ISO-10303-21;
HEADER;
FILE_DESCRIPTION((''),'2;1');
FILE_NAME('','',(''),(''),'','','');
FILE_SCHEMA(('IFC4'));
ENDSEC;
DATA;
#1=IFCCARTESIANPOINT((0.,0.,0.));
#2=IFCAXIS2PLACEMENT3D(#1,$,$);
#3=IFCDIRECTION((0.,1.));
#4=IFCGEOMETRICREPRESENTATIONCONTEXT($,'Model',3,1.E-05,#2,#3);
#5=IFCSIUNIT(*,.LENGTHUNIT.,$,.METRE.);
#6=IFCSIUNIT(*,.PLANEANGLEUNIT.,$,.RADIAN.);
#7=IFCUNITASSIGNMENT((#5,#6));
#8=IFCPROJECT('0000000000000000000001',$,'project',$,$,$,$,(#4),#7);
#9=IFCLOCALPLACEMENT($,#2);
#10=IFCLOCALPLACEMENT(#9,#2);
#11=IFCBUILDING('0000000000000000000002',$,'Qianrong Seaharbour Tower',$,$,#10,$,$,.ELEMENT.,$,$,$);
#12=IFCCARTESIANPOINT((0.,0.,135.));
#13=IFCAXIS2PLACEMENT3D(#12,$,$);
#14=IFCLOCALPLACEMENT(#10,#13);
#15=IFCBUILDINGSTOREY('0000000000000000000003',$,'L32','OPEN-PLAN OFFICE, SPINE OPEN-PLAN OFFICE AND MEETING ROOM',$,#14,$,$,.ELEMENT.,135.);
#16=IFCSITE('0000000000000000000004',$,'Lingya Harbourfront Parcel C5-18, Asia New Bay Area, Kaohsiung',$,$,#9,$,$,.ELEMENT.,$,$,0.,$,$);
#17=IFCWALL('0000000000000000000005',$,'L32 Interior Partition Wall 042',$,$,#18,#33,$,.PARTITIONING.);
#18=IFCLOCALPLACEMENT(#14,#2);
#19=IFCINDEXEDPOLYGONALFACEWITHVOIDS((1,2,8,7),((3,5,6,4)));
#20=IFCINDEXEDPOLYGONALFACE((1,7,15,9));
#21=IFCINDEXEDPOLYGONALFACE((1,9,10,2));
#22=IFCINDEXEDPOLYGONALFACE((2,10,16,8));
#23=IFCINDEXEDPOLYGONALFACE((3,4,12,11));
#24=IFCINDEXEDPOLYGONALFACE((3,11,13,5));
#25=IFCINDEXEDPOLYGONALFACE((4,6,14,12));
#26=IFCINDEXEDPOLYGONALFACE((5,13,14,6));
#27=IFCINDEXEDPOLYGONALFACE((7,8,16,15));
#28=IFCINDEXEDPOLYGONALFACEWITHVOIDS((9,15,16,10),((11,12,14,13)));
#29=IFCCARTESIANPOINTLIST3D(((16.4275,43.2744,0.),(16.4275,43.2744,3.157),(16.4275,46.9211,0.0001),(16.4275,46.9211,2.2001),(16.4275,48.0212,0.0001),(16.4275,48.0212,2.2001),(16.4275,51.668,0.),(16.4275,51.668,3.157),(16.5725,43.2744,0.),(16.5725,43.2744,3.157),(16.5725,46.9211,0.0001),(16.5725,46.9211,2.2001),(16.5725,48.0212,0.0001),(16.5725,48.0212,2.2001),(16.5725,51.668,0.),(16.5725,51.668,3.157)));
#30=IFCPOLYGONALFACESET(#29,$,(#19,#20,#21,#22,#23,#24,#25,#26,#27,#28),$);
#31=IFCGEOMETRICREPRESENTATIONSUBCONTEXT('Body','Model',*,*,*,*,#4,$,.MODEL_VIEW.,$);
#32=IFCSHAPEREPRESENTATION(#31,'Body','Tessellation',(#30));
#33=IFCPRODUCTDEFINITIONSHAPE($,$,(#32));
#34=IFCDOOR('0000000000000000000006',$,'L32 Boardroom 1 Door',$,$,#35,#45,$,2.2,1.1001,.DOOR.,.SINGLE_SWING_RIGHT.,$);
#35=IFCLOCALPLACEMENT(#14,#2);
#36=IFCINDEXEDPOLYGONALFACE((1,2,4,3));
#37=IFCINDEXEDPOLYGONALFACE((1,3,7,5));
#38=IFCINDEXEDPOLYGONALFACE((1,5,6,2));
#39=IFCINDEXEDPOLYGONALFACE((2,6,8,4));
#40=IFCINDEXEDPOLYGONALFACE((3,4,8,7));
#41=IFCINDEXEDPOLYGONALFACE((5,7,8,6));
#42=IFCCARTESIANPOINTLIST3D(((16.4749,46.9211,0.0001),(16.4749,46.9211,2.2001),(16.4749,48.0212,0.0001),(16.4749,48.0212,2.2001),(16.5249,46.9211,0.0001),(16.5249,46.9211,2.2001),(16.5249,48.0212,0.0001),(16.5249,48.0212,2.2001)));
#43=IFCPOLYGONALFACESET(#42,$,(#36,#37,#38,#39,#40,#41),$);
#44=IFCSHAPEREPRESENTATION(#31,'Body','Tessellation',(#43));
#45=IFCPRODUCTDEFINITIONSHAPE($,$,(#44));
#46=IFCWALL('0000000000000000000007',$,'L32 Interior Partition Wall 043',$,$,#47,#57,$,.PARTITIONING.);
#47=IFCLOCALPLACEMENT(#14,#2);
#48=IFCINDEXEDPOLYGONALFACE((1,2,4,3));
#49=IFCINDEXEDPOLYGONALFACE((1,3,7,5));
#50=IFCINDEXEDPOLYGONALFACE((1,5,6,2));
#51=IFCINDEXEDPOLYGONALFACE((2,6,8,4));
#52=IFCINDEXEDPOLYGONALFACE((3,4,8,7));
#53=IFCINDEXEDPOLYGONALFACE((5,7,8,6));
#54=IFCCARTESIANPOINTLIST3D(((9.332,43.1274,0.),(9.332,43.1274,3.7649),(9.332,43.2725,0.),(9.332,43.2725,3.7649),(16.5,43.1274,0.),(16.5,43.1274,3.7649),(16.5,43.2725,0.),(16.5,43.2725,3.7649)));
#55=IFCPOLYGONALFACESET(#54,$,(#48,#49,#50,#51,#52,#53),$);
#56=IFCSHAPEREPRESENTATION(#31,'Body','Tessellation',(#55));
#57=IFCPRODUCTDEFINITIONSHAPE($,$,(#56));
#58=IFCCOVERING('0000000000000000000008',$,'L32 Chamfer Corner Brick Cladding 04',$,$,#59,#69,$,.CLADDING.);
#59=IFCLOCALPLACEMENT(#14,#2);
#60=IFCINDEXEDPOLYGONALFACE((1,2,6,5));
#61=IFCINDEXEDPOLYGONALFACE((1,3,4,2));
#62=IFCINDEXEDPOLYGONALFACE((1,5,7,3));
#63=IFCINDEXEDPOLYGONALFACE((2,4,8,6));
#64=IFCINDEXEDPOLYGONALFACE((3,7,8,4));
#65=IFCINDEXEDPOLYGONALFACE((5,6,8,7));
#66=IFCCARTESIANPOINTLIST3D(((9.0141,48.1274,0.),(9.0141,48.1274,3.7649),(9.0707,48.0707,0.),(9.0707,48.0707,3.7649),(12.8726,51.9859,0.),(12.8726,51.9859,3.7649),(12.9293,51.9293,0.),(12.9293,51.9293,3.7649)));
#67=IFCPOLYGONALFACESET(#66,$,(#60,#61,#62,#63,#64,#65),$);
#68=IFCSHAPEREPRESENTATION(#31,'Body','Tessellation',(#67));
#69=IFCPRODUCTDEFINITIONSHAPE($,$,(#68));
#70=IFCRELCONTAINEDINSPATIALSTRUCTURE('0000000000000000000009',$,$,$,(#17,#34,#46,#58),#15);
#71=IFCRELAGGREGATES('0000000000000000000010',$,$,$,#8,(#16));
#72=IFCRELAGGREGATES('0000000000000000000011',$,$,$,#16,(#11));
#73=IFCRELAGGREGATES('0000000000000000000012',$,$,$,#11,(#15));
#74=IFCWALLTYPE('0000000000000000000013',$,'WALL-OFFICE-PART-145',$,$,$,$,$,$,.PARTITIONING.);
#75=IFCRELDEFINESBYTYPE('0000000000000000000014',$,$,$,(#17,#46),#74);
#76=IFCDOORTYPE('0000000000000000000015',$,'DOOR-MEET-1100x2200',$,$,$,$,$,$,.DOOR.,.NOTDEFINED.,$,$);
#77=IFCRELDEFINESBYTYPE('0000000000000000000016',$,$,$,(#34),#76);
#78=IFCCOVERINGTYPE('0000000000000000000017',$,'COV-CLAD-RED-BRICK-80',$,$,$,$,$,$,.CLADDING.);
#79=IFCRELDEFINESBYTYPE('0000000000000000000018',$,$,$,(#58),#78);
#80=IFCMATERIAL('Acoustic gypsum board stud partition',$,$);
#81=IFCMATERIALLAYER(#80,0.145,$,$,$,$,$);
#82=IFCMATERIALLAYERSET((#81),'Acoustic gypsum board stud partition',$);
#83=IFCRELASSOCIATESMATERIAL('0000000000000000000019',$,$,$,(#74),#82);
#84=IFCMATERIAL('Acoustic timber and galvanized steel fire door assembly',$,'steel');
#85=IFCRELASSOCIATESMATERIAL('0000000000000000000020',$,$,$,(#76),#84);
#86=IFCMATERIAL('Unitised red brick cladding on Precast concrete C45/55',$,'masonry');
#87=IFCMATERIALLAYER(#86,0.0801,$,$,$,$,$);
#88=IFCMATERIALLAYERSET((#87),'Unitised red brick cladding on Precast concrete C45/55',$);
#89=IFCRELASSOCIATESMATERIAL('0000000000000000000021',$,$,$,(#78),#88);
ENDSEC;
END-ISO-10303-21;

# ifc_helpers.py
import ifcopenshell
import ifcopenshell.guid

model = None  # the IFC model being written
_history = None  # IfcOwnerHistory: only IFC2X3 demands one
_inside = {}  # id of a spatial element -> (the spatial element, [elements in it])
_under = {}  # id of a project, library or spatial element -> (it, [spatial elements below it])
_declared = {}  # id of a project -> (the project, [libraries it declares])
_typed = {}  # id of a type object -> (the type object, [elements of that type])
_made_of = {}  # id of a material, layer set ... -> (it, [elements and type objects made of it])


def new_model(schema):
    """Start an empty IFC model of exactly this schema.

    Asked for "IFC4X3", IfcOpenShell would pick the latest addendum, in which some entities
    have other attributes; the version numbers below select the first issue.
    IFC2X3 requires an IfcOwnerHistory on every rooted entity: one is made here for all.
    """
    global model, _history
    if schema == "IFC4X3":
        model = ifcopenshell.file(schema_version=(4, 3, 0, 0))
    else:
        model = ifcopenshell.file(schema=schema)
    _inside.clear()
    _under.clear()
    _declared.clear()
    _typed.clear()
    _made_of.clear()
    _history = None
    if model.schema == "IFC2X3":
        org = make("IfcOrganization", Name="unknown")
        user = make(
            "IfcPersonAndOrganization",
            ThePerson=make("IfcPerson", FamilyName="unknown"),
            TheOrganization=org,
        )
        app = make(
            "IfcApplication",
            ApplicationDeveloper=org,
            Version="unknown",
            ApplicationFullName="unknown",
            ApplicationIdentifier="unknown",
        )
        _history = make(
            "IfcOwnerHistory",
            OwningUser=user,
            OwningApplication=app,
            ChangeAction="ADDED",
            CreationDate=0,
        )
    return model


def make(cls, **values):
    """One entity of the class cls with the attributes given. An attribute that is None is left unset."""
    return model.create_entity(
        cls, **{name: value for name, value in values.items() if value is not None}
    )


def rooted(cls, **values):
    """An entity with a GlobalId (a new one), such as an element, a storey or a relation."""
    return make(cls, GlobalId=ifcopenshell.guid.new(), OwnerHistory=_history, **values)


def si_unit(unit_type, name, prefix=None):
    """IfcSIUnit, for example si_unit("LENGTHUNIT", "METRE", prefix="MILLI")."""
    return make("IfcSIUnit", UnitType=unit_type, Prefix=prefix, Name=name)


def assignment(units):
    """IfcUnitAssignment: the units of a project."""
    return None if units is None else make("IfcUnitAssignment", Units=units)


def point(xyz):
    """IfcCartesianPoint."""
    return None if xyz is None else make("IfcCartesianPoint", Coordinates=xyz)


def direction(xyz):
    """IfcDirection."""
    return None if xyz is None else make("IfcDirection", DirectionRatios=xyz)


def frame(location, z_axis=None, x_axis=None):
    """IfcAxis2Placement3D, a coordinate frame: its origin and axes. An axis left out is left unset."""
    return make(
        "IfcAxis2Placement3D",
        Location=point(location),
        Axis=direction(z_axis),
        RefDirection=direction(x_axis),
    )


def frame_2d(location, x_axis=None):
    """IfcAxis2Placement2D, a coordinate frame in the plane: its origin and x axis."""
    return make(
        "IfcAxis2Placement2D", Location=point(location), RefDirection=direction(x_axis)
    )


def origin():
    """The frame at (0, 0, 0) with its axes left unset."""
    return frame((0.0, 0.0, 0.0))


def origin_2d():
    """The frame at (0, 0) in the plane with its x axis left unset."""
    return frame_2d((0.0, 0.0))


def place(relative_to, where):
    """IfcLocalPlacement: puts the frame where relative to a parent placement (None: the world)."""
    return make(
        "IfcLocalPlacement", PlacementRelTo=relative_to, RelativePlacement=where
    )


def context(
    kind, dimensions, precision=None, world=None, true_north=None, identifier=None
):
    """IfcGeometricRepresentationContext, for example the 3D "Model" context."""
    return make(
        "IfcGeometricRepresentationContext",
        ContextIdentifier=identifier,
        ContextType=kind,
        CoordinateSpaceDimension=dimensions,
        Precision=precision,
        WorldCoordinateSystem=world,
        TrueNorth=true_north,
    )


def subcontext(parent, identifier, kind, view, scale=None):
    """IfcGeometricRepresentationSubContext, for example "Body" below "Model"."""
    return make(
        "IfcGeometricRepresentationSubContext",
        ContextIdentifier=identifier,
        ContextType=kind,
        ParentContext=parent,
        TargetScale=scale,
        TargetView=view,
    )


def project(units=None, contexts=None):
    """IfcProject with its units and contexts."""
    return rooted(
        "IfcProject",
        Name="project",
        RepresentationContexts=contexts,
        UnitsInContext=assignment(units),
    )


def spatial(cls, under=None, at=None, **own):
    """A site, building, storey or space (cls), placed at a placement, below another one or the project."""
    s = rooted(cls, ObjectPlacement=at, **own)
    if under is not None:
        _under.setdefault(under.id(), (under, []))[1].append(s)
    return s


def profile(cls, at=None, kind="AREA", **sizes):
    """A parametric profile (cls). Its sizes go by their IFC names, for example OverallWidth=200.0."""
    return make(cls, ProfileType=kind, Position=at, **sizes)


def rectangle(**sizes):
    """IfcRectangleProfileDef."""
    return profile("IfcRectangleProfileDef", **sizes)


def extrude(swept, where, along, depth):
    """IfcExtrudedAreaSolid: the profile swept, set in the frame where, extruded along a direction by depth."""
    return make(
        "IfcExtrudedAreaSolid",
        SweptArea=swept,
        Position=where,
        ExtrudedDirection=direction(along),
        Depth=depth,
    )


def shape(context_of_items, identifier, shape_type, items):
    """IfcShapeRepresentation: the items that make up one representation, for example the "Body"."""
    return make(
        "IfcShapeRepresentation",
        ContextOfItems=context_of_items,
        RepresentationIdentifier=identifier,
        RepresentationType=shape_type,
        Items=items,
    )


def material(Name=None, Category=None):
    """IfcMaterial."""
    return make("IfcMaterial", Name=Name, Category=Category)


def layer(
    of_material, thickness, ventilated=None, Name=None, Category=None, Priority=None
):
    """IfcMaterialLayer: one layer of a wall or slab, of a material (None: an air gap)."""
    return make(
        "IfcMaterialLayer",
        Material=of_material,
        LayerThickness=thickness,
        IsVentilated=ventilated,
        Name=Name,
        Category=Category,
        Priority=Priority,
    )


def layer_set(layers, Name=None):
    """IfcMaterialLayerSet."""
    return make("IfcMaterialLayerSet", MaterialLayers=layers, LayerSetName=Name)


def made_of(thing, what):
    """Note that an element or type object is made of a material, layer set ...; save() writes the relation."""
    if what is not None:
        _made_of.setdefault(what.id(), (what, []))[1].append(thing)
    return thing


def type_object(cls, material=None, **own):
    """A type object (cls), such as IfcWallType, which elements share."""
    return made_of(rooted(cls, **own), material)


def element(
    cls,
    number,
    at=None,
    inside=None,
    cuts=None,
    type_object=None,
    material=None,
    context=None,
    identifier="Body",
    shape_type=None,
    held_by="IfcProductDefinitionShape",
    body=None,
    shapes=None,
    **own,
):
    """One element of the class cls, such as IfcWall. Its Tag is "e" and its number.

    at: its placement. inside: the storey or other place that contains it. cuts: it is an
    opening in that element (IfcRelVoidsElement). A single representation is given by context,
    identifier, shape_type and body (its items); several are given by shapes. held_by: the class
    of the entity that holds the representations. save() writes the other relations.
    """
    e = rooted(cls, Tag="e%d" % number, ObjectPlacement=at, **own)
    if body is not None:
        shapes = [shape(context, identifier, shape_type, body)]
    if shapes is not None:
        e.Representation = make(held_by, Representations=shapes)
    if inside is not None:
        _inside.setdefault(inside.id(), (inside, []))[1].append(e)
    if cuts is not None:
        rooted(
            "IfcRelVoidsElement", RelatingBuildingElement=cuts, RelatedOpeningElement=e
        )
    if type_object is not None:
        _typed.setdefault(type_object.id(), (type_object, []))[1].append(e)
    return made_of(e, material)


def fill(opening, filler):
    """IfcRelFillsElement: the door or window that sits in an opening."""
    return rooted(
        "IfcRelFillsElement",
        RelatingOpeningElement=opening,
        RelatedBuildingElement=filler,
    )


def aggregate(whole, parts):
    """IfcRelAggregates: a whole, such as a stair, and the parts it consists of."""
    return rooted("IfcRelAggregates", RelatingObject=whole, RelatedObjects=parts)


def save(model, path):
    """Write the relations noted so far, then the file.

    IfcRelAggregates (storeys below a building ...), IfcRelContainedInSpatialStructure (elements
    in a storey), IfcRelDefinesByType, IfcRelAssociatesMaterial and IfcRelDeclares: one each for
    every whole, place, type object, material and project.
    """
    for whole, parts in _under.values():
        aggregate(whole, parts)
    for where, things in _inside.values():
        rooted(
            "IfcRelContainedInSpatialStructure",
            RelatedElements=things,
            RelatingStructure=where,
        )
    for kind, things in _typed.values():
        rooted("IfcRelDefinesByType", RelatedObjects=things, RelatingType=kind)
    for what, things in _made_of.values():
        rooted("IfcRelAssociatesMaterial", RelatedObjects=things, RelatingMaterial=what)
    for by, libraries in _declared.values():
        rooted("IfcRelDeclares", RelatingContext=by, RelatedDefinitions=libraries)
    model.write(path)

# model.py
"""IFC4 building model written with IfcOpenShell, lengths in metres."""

from ifc_helpers import new_model, si_unit, direction, frame, frame_2d, origin, origin_2d, place, context, subcontext, project, spatial, rectangle, extrude, material, layer, layer_set, type_object, element, fill, save


model = new_model("IFC4")

# Units and contexts
model_context = context("Model", 3, precision=1e-05, world=origin(), true_north=direction((0.0, 1.0)))
body_context = subcontext(model_context, "Body", "Model", "MODEL_VIEW")
ifc_project = project(units=[si_unit("LENGTHUNIT", "METRE"), si_unit("PLANEANGLEUNIT", "RADIAN")], contexts=[model_context])

# Site, building, storey
site_placement = place(None, origin())
site = spatial("IfcSite", under=ifc_project, at=site_placement, Name="Lingya Harbourfront Parcel C5-18, Asia New Bay Area, Kaohsiung", CompositionType="ELEMENT", RefElevation=0.0)
building_placement = place(site_placement, origin())
building = spatial("IfcBuilding", under=site, at=building_placement, Name="Qianrong Seaharbour Tower", CompositionType="ELEMENT")
storey_placement = place(building_placement, frame((0.0, 0.0, 135.0)))
storey = spatial("IfcBuildingStorey", under=building, at=storey_placement, Name="L32", Description="OPEN-PLAN OFFICE, SPINE OPEN-PLAN OFFICE AND MEETING ROOM", CompositionType="ELEMENT", Elevation=135.0)

# Shared definitions
ifc_material_1 = material(Name="Acoustic timber and galvanized steel fire door assembly", Category="steel")

# Wall, opening, door
ifc_material_2 = material(Name="Acoustic gypsum board stud partition")
ifc_layer_1 = layer(ifc_material_2, 0.145)
ifc_layer_set_1 = layer_set([ifc_layer_1], Name="Acoustic gypsum board stud partition")
wall_type_1 = type_object("IfcWallType", Name="WALL-OFFICE-PART-145", PredefinedType="PARTITIONING", material=ifc_layer_set_1)
wall_1_placement = place(storey_placement, frame((16.5, 51.668, 0.0), z_axis=(0.0, 0.0, 1.0), x_axis=(0.0, -1.0, 0.0)))
wall_1 = element("IfcWall", 1, at=wall_1_placement, inside=storey, type_object=wall_type_1, Name="L32 Interior Partition Wall 042", PredefinedType="PARTITIONING", context=body_context, shape_type="SweptSolid", body=[
    extrude(rectangle(XDim=8.3936, YDim=0.145, at=frame_2d((4.1968, 0.0))), origin(), (0.0, 0.0, 1.0), 3.157),
])
opening_1_placement = place(wall_1_placement, frame((3.6467, 0.0, 0.0)))
opening_1 = element("IfcOpeningElement", 2, at=opening_1_placement, cuts=wall_1, PredefinedType="OPENING", context=body_context, shape_type="SweptSolid", body=[
    extrude(rectangle(XDim=1.1001, YDim=2.2, at=frame_2d((0.55, 1.1001))), frame((0.0, 0.0825, 0.0), z_axis=(0.0, -1.0, 0.0), x_axis=(1.0, 0.0, 0.0)), (0.0, 0.0, 1.0), 0.165),
])
door_type_1 = type_object("IfcDoorType", Name="DOOR-MEET-1100x2200", OperationType="NOTDEFINED", PredefinedType="DOOR", material=ifc_material_1)
door_1_placement = place(opening_1_placement, origin())
door_1 = element("IfcDoor", 3, at=door_1_placement, inside=storey, type_object=door_type_1, Name="L32 Boardroom 1 Door", OperationType="SINGLE_SWING_RIGHT", OverallHeight=2.2, OverallWidth=1.1001, PredefinedType="DOOR", context=body_context, shape_type="SweptSolid", body=[
    extrude(rectangle(XDim=1.1001, YDim=2.2, at=frame_2d((0.55, 1.1001))), frame((0.0, 0.0249, 0.0), z_axis=(0.0, -1.0, 0.0), x_axis=(1.0, 0.0, 0.0)), (0.0, 0.0, 1.0), 0.05),
])
fill(opening_1, door_1)

# Wall
wall_2_placement = place(storey_placement, frame((16.5, 43.2, 0.0), z_axis=(0.0, 0.0, 1.0), x_axis=(-1.0, 0.0, 0.0)))
element("IfcWall", 4, at=wall_2_placement, inside=storey, type_object=wall_type_1, Name="L32 Interior Partition Wall 043", PredefinedType="PARTITIONING", context=body_context, shape_type="SweptSolid", body=[
    extrude(rectangle(XDim=7.168, YDim=0.145, at=frame_2d((3.584, 0.0))), origin(), (0.0, 0.0, 1.0), 3.7649),
])

# Covering
ifc_material_3 = material(Name="Unitised red brick cladding on Precast concrete C45/55", Category="masonry")
ifc_layer_2 = layer(ifc_material_3, 0.0801)
ifc_layer_set_2 = layer_set([ifc_layer_2], Name="Unitised red brick cladding on Precast concrete C45/55")
covering_type = type_object("IfcCoveringType", Name="COV-CLAD-RED-BRICK-80", PredefinedType="CLADDING", material=ifc_layer_set_2)
covering_placement = place(storey_placement, frame((10.9717, 50.0283, 0.0), z_axis=(0.0, 0.0, 1.0), x_axis=(0.707107, 0.707107, 0.0)))
element("IfcCovering", 5, at=covering_placement, inside=storey, type_object=covering_type, Name="L32 Chamfer Corner Brick Cladding 04", PredefinedType="CLADDING", context=body_context, shape_type="SweptSolid", body=[
    extrude(rectangle(XDim=5.4568, YDim=0.0801, at=origin_2d()), origin(), (0.0, 0.0, 1.0), 3.7649),
])

save(model, "model.ifc")
